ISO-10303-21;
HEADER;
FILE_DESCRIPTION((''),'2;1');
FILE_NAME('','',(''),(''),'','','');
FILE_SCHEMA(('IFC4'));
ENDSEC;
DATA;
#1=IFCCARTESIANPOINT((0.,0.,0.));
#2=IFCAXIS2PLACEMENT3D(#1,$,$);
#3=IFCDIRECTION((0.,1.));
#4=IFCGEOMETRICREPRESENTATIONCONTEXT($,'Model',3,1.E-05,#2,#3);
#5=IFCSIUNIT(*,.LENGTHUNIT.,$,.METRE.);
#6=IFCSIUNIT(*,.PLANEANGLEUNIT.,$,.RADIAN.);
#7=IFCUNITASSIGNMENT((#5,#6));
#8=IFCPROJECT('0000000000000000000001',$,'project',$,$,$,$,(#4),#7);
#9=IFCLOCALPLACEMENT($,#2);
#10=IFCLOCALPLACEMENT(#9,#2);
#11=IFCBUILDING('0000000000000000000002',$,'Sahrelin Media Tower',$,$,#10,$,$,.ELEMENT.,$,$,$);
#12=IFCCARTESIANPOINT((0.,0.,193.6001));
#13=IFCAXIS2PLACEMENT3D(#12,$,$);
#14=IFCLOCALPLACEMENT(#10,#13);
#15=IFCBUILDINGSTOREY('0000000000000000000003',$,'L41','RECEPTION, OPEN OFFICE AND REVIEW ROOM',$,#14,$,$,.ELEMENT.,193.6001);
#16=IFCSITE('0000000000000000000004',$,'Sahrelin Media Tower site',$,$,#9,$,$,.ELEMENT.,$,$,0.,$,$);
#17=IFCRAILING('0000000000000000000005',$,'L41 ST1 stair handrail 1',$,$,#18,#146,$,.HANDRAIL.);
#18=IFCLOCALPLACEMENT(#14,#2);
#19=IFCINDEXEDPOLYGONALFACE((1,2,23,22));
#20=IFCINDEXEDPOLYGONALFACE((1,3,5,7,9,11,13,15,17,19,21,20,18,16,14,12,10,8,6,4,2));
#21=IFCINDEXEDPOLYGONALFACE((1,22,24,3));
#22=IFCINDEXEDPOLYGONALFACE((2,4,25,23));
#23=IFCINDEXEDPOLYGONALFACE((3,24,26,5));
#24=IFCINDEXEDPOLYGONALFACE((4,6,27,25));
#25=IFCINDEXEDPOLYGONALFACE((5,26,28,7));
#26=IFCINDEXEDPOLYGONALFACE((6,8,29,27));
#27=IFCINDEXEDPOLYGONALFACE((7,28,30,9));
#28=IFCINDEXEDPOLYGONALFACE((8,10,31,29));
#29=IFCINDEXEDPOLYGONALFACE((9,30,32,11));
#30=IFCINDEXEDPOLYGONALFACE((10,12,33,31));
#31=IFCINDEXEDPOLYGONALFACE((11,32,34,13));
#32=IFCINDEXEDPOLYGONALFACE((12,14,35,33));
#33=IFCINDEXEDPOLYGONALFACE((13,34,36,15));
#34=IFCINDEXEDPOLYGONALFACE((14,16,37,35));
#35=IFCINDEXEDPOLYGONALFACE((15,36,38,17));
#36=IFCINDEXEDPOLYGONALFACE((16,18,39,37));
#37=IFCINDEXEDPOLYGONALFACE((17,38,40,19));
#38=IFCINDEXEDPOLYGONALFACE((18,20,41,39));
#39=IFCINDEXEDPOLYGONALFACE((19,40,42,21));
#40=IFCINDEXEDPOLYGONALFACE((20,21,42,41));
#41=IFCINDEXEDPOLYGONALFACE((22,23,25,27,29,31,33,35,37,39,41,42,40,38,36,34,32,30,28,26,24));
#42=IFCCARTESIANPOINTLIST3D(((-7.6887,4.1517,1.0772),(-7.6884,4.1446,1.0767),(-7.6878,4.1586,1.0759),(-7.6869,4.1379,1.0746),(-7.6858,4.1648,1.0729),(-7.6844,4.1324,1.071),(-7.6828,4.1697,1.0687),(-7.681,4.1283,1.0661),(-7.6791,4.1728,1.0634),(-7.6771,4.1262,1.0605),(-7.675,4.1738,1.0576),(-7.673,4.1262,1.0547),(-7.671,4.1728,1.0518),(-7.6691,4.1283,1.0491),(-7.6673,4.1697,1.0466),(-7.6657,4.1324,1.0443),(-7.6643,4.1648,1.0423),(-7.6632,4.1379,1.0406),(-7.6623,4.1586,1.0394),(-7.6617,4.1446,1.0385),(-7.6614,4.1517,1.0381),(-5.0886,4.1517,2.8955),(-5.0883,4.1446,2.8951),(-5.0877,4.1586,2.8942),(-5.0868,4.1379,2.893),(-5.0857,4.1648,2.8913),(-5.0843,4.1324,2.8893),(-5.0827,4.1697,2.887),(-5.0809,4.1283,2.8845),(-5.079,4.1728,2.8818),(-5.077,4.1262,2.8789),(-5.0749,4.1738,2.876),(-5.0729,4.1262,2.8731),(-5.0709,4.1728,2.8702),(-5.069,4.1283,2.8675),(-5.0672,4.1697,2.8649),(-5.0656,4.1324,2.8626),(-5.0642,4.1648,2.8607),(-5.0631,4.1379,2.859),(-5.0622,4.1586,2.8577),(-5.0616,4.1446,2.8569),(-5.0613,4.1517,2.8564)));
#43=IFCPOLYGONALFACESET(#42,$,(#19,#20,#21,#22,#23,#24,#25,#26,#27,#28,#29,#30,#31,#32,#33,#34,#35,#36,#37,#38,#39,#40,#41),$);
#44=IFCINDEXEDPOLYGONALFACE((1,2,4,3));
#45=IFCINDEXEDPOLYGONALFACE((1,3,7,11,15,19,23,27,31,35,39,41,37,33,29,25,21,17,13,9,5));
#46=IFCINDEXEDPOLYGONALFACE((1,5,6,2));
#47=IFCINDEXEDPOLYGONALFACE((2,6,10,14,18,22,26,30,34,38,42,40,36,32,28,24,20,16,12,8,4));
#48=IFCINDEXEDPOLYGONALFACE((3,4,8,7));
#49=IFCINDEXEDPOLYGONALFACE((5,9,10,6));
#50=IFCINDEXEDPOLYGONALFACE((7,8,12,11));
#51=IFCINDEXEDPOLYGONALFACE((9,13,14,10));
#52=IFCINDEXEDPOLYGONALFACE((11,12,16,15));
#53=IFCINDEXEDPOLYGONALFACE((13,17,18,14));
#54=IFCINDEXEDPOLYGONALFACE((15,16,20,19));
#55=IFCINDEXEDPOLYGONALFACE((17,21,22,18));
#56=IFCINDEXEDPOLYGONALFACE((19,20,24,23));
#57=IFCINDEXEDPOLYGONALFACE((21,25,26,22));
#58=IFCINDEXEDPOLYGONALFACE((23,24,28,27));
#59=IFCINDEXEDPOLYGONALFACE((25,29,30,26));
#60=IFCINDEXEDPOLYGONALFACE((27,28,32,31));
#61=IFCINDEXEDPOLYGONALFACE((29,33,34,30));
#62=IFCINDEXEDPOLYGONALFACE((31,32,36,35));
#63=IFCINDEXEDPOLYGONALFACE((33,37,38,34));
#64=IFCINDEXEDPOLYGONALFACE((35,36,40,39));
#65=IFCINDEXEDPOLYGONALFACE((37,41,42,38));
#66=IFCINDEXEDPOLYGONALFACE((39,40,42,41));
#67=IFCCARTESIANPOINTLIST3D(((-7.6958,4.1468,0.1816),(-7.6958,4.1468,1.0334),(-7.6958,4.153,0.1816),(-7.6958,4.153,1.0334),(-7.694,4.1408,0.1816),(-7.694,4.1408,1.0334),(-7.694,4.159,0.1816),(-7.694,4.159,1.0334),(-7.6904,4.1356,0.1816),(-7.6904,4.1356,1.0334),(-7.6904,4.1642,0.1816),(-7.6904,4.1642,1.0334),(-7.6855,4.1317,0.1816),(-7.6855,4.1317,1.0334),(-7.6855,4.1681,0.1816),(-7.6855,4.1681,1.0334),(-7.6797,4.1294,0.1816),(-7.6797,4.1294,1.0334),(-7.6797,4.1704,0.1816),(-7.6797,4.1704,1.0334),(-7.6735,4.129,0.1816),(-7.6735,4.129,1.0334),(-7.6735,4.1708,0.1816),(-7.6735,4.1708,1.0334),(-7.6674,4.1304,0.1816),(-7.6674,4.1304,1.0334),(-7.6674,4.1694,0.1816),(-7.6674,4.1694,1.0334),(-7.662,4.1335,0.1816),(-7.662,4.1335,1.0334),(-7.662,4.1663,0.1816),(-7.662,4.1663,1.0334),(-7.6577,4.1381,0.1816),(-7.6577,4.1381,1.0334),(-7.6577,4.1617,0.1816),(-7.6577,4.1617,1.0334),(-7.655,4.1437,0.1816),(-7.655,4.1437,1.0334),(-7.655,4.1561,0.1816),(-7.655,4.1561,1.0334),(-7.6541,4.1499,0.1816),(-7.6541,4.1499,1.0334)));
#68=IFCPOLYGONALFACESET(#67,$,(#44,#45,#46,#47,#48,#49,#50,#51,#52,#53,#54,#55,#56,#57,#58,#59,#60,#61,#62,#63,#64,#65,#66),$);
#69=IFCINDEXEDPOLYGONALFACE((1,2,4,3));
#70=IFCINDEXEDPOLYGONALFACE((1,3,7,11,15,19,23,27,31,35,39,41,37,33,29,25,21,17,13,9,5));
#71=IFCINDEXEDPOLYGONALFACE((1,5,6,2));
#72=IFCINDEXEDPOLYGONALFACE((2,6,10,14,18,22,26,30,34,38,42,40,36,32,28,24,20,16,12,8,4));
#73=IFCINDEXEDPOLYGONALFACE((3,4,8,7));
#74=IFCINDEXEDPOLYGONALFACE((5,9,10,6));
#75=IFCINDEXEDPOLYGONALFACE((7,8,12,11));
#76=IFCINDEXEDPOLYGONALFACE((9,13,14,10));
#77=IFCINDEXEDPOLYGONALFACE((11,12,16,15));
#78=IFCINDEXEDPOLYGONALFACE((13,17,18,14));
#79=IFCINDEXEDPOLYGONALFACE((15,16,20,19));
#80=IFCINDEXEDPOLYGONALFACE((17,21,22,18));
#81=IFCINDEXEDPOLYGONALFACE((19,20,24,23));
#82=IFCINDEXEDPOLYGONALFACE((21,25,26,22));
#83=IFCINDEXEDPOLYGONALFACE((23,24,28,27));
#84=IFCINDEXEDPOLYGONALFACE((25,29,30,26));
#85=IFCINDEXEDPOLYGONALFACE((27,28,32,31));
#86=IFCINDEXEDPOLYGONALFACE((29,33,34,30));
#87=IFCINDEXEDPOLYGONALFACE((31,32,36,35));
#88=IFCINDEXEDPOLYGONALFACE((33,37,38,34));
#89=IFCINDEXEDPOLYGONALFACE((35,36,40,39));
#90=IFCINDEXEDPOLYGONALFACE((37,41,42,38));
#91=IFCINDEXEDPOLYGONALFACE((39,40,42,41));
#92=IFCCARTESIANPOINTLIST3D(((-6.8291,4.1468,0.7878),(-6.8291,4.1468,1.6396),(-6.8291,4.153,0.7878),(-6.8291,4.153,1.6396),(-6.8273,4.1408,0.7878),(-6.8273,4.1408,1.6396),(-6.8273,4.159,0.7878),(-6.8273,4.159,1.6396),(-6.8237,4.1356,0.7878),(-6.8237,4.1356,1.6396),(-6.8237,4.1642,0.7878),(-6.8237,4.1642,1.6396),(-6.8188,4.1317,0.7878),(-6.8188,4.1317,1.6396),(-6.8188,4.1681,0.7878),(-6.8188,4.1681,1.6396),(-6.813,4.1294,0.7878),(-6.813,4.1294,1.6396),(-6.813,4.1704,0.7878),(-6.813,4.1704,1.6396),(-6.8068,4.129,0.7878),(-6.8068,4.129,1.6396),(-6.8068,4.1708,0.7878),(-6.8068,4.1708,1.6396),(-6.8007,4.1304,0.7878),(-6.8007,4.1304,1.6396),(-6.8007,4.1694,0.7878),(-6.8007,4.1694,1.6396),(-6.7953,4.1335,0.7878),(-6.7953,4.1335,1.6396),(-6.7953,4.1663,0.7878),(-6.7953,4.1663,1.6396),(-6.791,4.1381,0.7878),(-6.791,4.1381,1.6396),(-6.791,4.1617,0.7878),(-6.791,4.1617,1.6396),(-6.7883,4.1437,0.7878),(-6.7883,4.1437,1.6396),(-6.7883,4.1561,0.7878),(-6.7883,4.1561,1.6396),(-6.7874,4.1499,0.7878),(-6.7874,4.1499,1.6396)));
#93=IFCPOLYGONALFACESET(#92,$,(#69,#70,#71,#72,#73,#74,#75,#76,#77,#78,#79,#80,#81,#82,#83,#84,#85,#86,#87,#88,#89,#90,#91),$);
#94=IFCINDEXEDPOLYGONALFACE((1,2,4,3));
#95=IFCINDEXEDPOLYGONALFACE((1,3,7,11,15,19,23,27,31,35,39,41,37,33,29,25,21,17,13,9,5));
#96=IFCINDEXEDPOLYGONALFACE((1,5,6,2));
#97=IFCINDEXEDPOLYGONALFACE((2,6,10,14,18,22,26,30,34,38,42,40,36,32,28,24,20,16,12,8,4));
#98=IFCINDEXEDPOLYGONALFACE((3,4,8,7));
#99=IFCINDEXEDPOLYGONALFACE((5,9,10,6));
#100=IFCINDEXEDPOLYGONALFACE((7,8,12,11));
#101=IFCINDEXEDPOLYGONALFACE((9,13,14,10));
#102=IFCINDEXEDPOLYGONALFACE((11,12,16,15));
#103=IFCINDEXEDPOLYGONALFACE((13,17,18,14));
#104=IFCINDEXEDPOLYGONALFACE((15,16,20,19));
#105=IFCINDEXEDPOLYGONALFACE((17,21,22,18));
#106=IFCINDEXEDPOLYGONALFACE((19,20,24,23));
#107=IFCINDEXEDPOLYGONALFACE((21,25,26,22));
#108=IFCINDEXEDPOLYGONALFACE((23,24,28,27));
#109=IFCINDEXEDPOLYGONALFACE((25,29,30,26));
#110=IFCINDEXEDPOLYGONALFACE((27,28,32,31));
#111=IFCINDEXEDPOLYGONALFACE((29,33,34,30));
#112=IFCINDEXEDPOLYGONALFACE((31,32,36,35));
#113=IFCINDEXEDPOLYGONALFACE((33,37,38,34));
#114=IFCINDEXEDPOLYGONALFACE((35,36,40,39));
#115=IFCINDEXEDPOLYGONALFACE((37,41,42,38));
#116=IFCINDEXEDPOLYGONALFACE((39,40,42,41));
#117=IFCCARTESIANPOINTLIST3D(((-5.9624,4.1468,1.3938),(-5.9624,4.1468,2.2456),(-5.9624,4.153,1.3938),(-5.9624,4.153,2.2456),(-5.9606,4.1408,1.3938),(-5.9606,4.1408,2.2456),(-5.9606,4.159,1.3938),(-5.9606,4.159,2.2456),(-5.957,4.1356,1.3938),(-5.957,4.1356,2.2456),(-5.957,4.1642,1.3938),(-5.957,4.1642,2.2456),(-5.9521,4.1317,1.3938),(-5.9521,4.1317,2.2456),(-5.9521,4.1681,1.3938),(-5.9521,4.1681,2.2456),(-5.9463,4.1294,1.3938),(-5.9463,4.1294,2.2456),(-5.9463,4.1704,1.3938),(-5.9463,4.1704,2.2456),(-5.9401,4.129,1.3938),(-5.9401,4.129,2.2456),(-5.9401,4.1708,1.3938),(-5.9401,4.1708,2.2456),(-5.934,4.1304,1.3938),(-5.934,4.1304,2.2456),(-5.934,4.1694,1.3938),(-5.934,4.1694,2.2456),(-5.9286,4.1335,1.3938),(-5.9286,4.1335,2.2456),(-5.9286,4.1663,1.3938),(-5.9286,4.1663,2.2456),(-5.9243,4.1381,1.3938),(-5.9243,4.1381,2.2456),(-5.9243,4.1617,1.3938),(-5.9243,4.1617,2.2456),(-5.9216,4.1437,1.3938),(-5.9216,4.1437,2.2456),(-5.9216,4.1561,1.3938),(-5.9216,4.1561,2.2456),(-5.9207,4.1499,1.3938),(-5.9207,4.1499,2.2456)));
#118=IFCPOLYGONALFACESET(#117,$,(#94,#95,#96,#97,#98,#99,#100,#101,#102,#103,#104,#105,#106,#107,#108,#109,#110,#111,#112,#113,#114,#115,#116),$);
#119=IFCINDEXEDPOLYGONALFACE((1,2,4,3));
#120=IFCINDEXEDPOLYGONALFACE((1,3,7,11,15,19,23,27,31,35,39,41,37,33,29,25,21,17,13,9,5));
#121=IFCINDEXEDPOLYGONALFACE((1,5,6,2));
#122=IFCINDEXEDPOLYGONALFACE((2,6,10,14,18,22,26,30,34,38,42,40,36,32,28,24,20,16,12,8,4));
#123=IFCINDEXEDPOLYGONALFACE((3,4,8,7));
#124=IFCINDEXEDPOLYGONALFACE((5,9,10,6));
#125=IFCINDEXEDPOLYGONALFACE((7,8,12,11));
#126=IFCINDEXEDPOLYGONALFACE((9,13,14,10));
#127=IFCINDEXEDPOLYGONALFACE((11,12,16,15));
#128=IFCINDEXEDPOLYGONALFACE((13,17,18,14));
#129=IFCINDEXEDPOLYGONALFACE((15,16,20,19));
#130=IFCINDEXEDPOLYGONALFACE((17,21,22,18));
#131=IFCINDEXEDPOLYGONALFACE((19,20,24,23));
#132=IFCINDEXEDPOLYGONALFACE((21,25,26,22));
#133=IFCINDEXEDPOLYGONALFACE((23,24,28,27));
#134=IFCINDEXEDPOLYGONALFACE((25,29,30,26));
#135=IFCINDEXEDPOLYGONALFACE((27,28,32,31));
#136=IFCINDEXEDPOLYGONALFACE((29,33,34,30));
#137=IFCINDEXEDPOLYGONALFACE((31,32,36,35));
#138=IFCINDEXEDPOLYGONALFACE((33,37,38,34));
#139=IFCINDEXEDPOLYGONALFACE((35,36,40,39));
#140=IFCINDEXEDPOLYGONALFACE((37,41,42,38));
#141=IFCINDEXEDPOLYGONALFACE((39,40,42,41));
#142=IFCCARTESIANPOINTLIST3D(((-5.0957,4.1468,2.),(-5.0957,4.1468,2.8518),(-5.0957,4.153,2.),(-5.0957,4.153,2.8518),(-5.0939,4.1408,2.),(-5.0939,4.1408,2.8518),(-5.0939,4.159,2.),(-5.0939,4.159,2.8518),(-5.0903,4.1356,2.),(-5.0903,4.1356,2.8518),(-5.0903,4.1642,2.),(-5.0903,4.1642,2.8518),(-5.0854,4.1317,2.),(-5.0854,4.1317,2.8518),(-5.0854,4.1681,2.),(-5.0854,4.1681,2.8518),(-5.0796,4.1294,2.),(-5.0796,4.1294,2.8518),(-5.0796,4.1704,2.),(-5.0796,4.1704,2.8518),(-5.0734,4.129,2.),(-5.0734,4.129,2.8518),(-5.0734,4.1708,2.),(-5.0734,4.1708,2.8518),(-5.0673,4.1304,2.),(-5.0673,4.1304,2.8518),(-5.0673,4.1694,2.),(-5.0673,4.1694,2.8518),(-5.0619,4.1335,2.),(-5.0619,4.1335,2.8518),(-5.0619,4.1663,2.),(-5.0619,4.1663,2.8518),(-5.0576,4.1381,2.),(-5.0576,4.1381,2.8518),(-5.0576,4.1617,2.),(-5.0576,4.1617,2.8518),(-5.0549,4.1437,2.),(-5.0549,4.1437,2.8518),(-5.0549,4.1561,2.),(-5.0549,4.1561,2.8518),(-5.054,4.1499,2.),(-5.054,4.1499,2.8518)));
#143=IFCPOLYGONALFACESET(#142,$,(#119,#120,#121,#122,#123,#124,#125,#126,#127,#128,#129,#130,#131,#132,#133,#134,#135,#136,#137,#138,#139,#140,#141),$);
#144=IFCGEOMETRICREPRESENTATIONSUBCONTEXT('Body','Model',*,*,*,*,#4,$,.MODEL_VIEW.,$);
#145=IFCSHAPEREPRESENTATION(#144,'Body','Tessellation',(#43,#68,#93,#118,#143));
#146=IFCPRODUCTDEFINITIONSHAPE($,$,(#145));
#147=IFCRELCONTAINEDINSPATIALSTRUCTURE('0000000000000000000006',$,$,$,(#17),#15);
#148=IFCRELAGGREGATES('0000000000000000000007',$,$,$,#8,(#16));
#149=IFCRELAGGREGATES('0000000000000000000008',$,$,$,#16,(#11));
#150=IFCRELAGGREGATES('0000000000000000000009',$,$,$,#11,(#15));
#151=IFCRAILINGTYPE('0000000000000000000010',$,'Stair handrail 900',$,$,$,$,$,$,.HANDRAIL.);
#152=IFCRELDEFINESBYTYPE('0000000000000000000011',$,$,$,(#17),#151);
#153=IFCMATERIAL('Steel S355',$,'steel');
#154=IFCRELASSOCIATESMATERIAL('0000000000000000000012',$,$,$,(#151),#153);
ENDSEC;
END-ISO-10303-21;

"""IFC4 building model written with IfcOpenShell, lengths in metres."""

from ifc_helpers import new_model, si_unit, direction, frame, origin, origin_2d, place, context, subcontext, project, spatial, circle, extrude, material, type_object, element, save


model = new_model("IFC4")

# Units and contexts
model_context = context("Model", 3, precision=1e-05, world=origin(), true_north=direction((0.0, 1.0)))
body_context = subcontext(model_context, "Body", "Model", "MODEL_VIEW")
ifc_project = project(units=[si_unit("LENGTHUNIT", "METRE"), si_unit("PLANEANGLEUNIT", "RADIAN")], contexts=[model_context])

# Site, building, storey
site_placement = place(None, origin())
site = spatial("IfcSite", under=ifc_project, at=site_placement, Name="Sahrelin Media Tower site", CompositionType="ELEMENT", RefElevation=0.0)
building_placement = place(site_placement, origin())
building = spatial("IfcBuilding", under=site, at=building_placement, Name="Sahrelin Media Tower", CompositionType="ELEMENT")
storey_placement = place(building_placement, frame((0.0, 0.0, 193.6001)))
storey = spatial("IfcBuildingStorey", under=building, at=storey_placement, Name="L41", Description="RECEPTION, OPEN OFFICE AND REVIEW ROOM", CompositionType="ELEMENT", Elevation=193.6001)

# Shared definitions
ifc_material_1 = material(Name="Steel S355", Category="steel")

# Railing
railing_type_1 = type_object("IfcRailingType", Name="Stair handrail 900", PredefinedType="HANDRAIL", material=ifc_material_1)
railing_1_placement = place(storey_placement, frame((-7.675, 4.1499, 0.1816)))
element("IfcRailing", 1, at=railing_1_placement, inside=storey, type_object=railing_type_1, Name="L41 ST1 stair handrail 1", PredefinedType="HANDRAIL", context=body_context, shape_type="SweptSolid", body=[
    extrude(circle(Radius=0.0239, at=origin_2d()), frame((0.0, 0.0, 0.876), z_axis=(0.819485, 0.0, 0.573101), x_axis=(0.0, 1.0, 0.0)), (0.0, 0.0, 1.0), 3.1729),
    extrude(circle(Radius=0.021, at=origin_2d()), origin(), (0.0, 0.0, 1.0), 0.8518),
    extrude(circle(Radius=0.021, at=origin_2d()), frame((0.8667, 0.0, 0.6062)), (0.0, 0.0, 1.0), 0.8518),
    extrude(circle(Radius=0.021, at=origin_2d()), frame((1.7334, 0.0, 1.2122)), (0.0, 0.0, 1.0), 0.8518),
    extrude(circle(Radius=0.021, at=origin_2d()), frame((2.6001, 0.0, 1.8184)), (0.0, 0.0, 1.0), 0.8518),
])

save(model, "model.ifc")
